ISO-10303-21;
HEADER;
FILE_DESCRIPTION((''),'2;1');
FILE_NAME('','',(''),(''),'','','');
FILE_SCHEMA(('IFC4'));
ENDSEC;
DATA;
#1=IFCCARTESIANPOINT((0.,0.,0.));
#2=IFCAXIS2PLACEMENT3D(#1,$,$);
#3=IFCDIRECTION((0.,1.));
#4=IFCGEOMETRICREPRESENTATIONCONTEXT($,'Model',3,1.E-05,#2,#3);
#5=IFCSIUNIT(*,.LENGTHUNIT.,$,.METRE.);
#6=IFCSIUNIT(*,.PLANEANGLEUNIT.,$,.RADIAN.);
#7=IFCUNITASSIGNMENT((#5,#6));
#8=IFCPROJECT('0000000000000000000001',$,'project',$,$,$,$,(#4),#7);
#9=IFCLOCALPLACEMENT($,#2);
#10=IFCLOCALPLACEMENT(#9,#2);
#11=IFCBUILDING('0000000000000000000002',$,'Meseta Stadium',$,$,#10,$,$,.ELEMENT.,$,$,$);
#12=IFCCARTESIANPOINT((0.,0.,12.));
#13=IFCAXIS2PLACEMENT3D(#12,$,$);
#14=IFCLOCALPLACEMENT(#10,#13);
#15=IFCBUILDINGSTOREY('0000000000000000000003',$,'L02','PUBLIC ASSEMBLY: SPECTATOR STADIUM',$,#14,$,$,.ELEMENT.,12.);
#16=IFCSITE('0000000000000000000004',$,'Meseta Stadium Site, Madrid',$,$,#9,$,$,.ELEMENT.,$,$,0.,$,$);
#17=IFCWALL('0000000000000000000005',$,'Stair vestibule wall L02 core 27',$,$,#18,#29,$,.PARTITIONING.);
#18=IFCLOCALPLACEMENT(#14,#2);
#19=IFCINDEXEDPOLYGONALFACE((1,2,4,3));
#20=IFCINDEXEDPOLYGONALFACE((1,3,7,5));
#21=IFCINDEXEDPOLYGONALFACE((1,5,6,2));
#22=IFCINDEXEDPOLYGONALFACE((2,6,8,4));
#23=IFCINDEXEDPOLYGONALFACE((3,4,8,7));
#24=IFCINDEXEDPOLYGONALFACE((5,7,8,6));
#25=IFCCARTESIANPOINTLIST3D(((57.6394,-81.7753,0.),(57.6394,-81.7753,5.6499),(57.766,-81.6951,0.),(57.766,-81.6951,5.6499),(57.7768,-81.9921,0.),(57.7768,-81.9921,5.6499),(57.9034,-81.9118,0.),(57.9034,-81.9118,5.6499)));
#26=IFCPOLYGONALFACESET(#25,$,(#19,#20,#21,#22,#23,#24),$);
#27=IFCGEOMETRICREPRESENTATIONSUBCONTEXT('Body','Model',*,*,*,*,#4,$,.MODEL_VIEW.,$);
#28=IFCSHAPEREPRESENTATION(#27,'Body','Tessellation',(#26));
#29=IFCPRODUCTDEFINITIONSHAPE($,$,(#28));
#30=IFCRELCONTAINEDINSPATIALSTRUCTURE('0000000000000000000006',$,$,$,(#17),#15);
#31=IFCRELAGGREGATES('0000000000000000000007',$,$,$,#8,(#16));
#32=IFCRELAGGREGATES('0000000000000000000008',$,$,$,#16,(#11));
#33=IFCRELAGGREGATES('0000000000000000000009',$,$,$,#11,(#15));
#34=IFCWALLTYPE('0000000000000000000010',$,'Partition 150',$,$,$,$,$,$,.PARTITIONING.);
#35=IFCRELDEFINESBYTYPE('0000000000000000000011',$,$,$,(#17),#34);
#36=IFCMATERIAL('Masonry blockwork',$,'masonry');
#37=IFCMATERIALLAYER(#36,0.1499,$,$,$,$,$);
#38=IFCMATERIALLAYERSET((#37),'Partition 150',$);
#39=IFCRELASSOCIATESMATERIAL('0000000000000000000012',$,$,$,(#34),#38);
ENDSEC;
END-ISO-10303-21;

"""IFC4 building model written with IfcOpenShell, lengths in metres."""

from ifc_helpers import new_model, si_unit, direction, frame, frame_2d, origin, place, context, subcontext, project, spatial, rectangle, extrude, material, layer, layer_set, type_object, element, save


model = new_model("IFC4")

# Units and contexts
model_context = context("Model", 3, precision=1e-05, world=origin(), true_north=direction((0.0, 1.0)))
body_context = subcontext(model_context, "Body", "Model", "MODEL_VIEW")
ifc_project = project(units=[si_unit("LENGTHUNIT", "METRE"), si_unit("PLANEANGLEUNIT", "RADIAN")], contexts=[model_context])

# Site, building, storey
site_placement = place(None, origin())
site = spatial("IfcSite", under=ifc_project, at=site_placement, Name="Meseta Stadium Site, Madrid", CompositionType="ELEMENT", RefElevation=0.0)
building_placement = place(site_placement, origin())
building = spatial("IfcBuilding", under=site, at=building_placement, Name="Meseta Stadium", CompositionType="ELEMENT")
storey_placement = place(building_placement, frame((0.0, 0.0, 12.0)))
storey = spatial("IfcBuildingStorey", under=building, at=storey_placement, Name="L02", Description="PUBLIC ASSEMBLY: SPECTATOR STADIUM", CompositionType="ELEMENT", Elevation=12.0)

# Shared definitions
ifc_material_1 = material(Name="Masonry blockwork", Category="masonry")
ifc_layer_1 = layer(ifc_material_1, 0.1499)
ifc_layer_set_1 = layer_set([ifc_layer_1], Name="Partition 150")
wall_type = type_object("IfcWallType", Name="Partition 150", PredefinedType="PARTITIONING", material=ifc_layer_set_1)

# Wall
wall_1_placement = place(storey_placement, frame((57.7026, -81.7351, 0.0), z_axis=(0.0, 0.0, 1.0), x_axis=(0.535459, -0.844561, 0.0)))
element("IfcWall", 1, at=wall_1_placement, inside=storey, type_object=wall_type, Name="Stair vestibule wall L02 core 27", PredefinedType="PARTITIONING", context=body_context, shape_type="SweptSolid", body=[
    extrude(rectangle(XDim=0.2566, YDim=0.1499, at=frame_2d((0.1284, 0.0))), origin(), (0.0, 0.0, 1.0), 5.6499),
])

save(model, "model.ifc")
